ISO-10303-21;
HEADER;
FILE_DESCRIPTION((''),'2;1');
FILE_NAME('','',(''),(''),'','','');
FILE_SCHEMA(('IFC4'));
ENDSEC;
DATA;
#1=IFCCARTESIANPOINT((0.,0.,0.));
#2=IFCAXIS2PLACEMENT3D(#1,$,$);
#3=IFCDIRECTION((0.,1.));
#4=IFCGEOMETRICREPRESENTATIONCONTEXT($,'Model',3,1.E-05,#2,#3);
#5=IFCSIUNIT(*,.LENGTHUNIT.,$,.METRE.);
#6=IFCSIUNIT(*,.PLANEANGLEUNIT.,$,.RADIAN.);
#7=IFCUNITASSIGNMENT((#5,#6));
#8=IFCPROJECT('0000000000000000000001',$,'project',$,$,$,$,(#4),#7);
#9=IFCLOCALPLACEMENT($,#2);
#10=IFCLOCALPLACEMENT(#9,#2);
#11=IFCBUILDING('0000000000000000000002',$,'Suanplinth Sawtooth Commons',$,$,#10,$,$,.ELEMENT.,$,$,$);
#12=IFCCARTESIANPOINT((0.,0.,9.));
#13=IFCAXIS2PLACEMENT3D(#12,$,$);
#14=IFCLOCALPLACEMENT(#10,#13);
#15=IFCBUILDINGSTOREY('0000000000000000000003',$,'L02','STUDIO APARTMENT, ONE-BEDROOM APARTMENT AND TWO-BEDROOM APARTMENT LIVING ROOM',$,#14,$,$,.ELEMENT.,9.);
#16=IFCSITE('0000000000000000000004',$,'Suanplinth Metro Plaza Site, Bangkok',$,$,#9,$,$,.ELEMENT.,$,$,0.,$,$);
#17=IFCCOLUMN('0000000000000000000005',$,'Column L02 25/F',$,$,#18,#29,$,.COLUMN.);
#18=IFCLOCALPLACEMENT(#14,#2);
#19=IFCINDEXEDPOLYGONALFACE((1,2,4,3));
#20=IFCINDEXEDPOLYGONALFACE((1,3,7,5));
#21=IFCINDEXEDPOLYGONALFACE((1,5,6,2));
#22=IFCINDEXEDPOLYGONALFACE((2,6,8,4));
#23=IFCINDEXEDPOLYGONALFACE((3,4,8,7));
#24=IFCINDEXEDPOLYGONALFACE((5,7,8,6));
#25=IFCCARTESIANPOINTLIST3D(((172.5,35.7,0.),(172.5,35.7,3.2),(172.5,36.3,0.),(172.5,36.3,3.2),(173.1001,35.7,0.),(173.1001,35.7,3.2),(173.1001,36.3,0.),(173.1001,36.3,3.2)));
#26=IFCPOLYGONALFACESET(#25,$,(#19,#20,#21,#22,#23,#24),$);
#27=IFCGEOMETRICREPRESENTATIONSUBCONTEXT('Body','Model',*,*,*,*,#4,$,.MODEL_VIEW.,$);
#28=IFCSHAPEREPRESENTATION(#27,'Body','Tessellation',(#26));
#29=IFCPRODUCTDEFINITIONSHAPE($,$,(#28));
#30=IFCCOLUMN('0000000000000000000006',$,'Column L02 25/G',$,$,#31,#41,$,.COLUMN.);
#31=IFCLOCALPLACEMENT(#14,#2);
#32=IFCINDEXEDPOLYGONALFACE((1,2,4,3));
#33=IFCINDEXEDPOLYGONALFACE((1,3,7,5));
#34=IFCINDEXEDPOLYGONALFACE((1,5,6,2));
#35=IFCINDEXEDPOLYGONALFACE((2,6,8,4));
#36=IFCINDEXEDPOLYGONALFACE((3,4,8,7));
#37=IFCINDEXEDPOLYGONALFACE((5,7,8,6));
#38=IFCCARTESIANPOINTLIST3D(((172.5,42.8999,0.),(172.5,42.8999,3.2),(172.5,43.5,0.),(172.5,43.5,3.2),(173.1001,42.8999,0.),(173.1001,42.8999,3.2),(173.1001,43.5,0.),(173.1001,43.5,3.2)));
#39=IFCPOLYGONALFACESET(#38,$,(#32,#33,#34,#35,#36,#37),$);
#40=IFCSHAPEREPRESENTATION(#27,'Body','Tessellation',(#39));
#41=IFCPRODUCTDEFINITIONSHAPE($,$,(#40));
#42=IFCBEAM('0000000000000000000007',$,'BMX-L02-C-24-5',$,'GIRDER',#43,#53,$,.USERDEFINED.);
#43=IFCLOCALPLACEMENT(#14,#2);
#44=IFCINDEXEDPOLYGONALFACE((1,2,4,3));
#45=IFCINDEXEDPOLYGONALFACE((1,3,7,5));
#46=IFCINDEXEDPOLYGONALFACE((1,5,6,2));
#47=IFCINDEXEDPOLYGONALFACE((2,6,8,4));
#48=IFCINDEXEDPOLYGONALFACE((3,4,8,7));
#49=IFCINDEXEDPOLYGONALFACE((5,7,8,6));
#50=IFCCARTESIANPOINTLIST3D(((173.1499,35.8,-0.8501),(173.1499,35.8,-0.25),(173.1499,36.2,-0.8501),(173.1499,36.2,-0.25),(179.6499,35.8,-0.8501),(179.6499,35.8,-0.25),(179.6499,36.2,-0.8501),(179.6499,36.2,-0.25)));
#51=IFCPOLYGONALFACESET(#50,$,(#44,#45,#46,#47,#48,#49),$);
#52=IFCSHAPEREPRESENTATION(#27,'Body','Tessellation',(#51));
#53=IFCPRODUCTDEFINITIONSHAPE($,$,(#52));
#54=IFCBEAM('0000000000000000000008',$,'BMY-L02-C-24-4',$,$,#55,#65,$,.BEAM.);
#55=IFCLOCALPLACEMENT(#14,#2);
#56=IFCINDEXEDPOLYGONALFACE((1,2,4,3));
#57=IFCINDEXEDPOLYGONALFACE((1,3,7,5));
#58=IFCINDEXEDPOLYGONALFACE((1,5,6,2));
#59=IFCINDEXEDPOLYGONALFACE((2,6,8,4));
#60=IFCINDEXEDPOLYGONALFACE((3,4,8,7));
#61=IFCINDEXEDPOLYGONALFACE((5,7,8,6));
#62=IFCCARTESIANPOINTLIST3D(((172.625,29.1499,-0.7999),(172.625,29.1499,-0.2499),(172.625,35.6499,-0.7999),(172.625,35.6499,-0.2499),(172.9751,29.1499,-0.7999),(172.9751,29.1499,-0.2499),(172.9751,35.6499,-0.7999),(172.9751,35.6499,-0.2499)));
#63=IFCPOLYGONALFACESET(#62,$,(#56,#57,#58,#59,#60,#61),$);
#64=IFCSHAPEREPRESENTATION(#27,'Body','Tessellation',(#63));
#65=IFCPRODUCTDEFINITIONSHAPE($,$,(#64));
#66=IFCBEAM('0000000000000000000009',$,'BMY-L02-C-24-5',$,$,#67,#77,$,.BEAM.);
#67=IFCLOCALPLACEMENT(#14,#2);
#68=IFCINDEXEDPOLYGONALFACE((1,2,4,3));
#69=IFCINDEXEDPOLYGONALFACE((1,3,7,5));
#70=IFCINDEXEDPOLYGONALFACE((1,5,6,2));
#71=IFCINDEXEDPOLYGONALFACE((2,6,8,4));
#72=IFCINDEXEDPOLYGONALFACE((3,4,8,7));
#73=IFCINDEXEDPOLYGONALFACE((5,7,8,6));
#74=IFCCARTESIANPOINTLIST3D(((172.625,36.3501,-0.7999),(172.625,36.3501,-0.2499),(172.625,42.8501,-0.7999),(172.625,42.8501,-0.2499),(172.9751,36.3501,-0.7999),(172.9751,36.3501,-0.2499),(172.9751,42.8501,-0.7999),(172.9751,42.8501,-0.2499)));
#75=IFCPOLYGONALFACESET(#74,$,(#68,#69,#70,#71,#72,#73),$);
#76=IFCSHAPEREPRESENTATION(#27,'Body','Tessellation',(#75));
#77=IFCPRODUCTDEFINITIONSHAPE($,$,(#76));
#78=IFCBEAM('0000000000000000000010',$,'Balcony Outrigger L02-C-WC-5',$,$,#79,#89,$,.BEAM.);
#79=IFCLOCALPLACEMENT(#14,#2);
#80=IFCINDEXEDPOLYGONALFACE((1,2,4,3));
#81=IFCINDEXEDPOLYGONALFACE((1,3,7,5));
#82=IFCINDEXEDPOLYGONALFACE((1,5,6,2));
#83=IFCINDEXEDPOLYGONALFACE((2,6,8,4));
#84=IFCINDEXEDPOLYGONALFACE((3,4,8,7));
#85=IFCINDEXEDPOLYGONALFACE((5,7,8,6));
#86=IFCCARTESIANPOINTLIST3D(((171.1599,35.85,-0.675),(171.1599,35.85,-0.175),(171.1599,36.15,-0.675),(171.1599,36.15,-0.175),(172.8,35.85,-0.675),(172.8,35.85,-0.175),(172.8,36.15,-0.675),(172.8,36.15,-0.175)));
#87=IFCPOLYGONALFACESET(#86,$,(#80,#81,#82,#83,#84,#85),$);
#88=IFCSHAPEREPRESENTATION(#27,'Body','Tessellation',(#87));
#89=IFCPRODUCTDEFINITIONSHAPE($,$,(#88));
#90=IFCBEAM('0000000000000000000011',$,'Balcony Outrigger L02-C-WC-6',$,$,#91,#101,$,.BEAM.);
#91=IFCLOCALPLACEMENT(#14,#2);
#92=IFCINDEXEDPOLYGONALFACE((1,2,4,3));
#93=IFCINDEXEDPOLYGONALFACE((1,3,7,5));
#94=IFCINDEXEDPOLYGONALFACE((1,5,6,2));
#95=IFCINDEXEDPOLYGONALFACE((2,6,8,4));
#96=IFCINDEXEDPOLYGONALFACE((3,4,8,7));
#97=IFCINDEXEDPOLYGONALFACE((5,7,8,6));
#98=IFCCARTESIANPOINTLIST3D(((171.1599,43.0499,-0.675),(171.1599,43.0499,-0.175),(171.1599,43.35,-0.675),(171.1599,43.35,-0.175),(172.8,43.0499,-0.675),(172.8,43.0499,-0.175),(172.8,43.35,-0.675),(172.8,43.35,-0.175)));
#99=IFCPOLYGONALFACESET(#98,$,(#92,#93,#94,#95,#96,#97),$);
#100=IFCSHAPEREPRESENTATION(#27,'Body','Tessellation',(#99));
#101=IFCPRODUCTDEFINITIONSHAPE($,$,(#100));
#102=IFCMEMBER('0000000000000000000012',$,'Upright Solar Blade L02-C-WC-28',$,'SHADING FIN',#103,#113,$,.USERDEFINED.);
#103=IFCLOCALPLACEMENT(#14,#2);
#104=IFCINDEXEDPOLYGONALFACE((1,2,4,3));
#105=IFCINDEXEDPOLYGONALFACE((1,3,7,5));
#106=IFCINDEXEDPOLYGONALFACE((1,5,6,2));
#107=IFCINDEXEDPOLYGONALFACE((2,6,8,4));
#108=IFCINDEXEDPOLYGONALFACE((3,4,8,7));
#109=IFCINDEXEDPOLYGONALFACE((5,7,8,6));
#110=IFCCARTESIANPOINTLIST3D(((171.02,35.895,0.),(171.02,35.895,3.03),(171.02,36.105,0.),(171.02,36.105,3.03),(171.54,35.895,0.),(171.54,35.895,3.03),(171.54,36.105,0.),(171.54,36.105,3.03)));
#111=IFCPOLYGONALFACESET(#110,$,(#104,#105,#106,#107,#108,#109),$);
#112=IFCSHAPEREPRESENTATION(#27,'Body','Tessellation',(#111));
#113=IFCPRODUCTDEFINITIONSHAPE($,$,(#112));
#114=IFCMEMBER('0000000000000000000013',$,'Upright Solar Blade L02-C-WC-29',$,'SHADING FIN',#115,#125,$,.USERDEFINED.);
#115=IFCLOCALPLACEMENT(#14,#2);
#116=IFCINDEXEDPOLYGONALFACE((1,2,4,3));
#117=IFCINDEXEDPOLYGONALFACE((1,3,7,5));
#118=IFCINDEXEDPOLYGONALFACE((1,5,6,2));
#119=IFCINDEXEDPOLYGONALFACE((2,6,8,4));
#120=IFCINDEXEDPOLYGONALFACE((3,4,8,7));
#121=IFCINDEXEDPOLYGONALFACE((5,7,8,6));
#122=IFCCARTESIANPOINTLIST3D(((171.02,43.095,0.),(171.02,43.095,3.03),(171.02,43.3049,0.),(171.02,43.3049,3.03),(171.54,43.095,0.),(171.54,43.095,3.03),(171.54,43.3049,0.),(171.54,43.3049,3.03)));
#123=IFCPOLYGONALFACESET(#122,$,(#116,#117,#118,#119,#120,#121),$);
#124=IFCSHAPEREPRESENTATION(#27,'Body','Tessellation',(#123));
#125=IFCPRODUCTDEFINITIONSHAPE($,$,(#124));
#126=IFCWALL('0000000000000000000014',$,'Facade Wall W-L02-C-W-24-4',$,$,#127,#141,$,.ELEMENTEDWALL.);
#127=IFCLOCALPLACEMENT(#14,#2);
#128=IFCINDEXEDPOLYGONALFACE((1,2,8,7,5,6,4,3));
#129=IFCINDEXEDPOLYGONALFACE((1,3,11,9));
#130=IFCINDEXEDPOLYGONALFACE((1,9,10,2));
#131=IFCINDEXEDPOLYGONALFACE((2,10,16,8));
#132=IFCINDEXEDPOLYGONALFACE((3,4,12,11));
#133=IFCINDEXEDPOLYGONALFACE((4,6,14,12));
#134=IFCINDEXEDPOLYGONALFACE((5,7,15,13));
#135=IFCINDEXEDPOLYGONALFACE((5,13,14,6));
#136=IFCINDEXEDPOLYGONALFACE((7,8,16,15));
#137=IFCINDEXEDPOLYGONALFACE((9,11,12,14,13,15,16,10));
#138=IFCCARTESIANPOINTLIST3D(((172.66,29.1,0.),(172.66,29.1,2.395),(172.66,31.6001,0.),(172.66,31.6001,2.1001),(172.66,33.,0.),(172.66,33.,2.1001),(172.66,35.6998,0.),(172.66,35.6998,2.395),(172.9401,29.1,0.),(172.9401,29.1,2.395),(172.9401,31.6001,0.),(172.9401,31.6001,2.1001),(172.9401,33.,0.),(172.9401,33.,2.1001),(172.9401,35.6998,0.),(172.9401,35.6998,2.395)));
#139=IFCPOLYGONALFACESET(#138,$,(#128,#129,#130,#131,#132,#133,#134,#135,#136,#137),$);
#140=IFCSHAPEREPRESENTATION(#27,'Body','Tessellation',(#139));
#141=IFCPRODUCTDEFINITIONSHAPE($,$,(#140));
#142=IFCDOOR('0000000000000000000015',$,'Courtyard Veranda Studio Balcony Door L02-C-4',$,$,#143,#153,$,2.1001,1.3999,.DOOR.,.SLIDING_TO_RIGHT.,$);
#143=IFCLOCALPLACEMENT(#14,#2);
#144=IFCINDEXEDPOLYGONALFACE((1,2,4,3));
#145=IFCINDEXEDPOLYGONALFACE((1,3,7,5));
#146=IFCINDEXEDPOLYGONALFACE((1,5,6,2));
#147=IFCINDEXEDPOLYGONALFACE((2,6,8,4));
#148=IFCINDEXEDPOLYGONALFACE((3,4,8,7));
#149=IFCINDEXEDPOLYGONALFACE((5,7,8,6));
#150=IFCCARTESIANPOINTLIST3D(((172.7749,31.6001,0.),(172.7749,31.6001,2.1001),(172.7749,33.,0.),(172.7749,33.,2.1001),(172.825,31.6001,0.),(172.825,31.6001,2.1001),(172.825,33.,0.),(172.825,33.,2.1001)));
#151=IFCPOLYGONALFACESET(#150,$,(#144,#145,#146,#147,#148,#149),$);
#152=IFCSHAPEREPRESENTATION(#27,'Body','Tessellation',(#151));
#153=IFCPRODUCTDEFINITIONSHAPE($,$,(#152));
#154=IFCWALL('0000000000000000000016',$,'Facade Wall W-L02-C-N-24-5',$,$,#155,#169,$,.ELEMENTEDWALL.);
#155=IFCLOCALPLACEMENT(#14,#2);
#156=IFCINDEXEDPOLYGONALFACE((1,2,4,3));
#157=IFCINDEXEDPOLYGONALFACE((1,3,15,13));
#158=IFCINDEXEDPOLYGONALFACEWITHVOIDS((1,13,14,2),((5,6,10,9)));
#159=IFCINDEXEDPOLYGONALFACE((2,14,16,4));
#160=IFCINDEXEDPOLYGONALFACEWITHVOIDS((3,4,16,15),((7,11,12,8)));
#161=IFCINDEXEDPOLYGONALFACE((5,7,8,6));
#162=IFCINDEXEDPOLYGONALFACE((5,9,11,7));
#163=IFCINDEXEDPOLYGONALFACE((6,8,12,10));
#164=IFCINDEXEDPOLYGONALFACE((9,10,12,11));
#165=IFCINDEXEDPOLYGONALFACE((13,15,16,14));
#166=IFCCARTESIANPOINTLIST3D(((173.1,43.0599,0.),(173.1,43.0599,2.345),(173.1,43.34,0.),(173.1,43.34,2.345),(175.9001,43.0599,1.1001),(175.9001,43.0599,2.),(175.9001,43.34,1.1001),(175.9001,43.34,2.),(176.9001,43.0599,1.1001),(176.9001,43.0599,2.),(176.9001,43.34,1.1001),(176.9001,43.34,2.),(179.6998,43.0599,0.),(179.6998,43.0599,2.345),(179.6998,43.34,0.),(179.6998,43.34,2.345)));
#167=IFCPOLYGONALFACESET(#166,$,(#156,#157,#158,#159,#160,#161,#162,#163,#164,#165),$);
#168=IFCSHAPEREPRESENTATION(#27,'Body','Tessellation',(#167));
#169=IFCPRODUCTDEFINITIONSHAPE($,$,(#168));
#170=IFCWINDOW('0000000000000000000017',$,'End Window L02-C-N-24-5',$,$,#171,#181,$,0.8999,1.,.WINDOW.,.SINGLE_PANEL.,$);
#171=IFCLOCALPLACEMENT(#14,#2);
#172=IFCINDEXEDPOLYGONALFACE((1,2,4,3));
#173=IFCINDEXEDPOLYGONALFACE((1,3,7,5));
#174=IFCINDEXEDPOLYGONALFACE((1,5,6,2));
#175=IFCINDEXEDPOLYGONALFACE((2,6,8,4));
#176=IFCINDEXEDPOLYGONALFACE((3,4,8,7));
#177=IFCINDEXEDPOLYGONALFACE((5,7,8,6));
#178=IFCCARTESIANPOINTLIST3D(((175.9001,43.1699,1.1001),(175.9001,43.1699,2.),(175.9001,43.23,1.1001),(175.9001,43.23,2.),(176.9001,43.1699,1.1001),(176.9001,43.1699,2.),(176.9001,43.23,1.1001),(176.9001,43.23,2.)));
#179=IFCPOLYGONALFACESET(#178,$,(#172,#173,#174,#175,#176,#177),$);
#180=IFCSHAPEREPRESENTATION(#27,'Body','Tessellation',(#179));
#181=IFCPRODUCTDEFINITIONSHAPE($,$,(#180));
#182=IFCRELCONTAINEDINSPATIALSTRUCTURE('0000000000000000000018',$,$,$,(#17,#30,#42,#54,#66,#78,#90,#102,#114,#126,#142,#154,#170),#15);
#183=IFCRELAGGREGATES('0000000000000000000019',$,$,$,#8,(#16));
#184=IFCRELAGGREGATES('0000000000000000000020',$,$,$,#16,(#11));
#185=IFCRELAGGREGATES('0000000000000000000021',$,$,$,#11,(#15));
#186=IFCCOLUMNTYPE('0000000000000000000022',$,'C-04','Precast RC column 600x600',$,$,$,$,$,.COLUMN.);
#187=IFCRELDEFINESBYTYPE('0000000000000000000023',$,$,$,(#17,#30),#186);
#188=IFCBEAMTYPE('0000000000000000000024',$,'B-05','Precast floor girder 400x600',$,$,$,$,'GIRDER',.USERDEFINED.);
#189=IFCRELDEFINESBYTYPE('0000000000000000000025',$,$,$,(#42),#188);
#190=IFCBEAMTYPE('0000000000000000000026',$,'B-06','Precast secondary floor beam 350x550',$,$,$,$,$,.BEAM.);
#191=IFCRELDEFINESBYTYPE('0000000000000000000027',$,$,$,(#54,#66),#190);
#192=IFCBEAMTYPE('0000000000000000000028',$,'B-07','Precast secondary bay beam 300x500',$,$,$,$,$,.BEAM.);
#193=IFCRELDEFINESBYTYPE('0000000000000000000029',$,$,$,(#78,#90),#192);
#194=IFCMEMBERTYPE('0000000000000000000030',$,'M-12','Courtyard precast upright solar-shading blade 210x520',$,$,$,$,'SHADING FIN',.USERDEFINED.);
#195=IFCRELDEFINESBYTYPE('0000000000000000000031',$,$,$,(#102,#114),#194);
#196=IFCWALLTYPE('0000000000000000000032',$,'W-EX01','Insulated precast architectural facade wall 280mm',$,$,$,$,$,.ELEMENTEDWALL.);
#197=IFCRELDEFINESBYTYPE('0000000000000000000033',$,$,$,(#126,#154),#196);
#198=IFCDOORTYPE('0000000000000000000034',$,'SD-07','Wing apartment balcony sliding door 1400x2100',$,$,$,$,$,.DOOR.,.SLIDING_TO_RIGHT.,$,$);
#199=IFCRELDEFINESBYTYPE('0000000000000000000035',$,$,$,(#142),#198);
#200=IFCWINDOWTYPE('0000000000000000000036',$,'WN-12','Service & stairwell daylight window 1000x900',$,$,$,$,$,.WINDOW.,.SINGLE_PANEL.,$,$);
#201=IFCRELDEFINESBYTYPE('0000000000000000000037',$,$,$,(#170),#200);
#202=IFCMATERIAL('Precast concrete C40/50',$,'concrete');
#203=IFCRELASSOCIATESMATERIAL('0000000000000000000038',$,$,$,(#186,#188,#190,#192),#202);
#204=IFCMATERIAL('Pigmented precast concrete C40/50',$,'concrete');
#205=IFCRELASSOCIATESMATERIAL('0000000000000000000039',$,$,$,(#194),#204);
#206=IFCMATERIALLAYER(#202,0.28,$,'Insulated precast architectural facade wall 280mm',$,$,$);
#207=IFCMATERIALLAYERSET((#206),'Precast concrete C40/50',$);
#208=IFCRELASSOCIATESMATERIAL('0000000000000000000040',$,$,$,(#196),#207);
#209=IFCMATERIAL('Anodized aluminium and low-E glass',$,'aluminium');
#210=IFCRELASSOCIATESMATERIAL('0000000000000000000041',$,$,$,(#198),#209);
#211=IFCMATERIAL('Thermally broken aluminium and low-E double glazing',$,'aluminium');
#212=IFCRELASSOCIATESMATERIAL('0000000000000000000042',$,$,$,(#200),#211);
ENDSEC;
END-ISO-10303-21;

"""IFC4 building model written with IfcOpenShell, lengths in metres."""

from ifc_helpers import new_model, si_unit, direction, frame, frame_2d, origin, origin_2d, place, context, subcontext, project, spatial, rectangle, extrude, material, layer, layer_set, material_profile, profile_set, type_object, element, fill, save


model = new_model("IFC4")

# Units and contexts
model_context = context("Model", 3, precision=1e-05, world=origin(), true_north=direction((0.0, 1.0)))
body_context = subcontext(model_context, "Body", "Model", "MODEL_VIEW")
ifc_project = project(units=[si_unit("LENGTHUNIT", "METRE"), si_unit("PLANEANGLEUNIT", "RADIAN")], contexts=[model_context])

# Site, building, storey
site_placement = place(None, origin())
site = spatial("IfcSite", under=ifc_project, at=site_placement, Name="Suanplinth Metro Plaza Site, Bangkok", CompositionType="ELEMENT", RefElevation=0.0)
building_placement = place(site_placement, origin())
building = spatial("IfcBuilding", under=site, at=building_placement, Name="Suanplinth Sawtooth Commons", CompositionType="ELEMENT")
storey_placement = place(building_placement, frame((0.0, 0.0, 9.0)))
storey = spatial("IfcBuildingStorey", under=building, at=storey_placement, Name="L02", Description="STUDIO APARTMENT, ONE-BEDROOM APARTMENT AND TWO-BEDROOM APARTMENT LIVING ROOM", CompositionType="ELEMENT", Elevation=9.0)

# Columns
ifc_material_1 = material(Name="Precast concrete C40/50", Category="concrete")
ifc_material_profile_1 = material_profile(ifc_material_1, rectangle(XDim=0.6001, YDim=0.6001, at=origin_2d()), Name="PC-COL 600x600")
ifc_profile_set_1 = profile_set([ifc_material_profile_1], Name="Precast concrete C40/50")
column_type = type_object("IfcColumnType", Name="C-04", Description="Precast RC column 600x600", PredefinedType="COLUMN", material=ifc_profile_set_1)
for number, where, z_axis, x_axis, name in (
    (1, (172.8, 36.0, 0.0), (0.0, 0.0, 1.0), (1.0, 0.0, 0.0), "Column L02 25/F"),
    (2, (172.8, 43.2, 0.0), (0.0, 0.0, 1.0), (1.0, 0.0, 0.0), "Column L02 25/G"),
):
    element("IfcColumn", number, at=place(storey_placement, frame(where, z_axis=z_axis, x_axis=x_axis)), inside=storey, type_object=column_type, Name=name, PredefinedType="COLUMN", context=body_context, shape_type="SweptSolid", body=[
        extrude(rectangle(XDim=0.6001, YDim=0.6001, at=origin_2d()), origin(), (0.0, 0.0, 1.0), 3.2),
    ])

# Beams
ifc_material_profile_2 = material_profile(ifc_material_1, rectangle(XDim=0.3999, YDim=0.6001, at=origin_2d()), Name="PC-GDR 400x600")
ifc_profile_set_2 = profile_set([ifc_material_profile_2], Name="Precast concrete C40/50")
beam_type_1 = type_object("IfcBeamType", Name="B-05", Description="Precast floor girder 400x600", ElementType="GIRDER", PredefinedType="USERDEFINED", material=ifc_profile_set_2)
beam_placement = place(storey_placement, frame((173.1499, 36.0, -0.55), z_axis=(1.0, 0.0, 0.0), x_axis=(0.0, 1.0, 0.0)))
element("IfcBeam", 3, at=beam_placement, inside=storey, type_object=beam_type_1, Name="BMX-L02-C-24-5", ObjectType="GIRDER", PredefinedType="USERDEFINED", context=body_context, shape_type="SweptSolid", body=[
    extrude(rectangle(XDim=0.3999, YDim=0.6001, at=origin_2d()), origin(), (0.0, 0.0, 1.0), 6.5),
])
ifc_material_profile_3 = material_profile(ifc_material_1, rectangle(XDim=0.3501, YDim=0.55, at=origin_2d()), Name="PC-BM 350x550")
ifc_profile_set_3 = profile_set([ifc_material_profile_3], Name="Precast concrete C40/50")
beam_type_2 = type_object("IfcBeamType", Name="B-06", Description="Precast secondary floor beam 350x550", PredefinedType="BEAM", material=ifc_profile_set_3)
for number, where, z_axis, x_axis, name in (
    (4, (172.8, 29.1499, -0.5249), (0.0, 1.0, 0.0), (-1.0, 0.0, 0.0), "BMY-L02-C-24-4"),
    (5, (172.8, 36.3501, -0.5249), (0.0, 1.0, 0.0), (-1.0, 0.0, 0.0), "BMY-L02-C-24-5"),
):
    element("IfcBeam", number, at=place(storey_placement, frame(where, z_axis=z_axis, x_axis=x_axis)), inside=storey, type_object=beam_type_2, Name=name, PredefinedType="BEAM", context=body_context, shape_type="SweptSolid", body=[
        extrude(rectangle(XDim=0.3501, YDim=0.55, at=origin_2d()), origin(), (0.0, 0.0, 1.0), 6.5),
    ])
ifc_material_profile_4 = material_profile(ifc_material_1, rectangle(XDim=0.3, YDim=0.5, at=origin_2d()), Name="PC-BM 300x500")
ifc_profile_set_4 = profile_set([ifc_material_profile_4], Name="Precast concrete C40/50")
beam_type_3 = type_object("IfcBeamType", Name="B-07", Description="Precast secondary bay beam 300x500", PredefinedType="BEAM", material=ifc_profile_set_4)
for number, where, z_axis, x_axis, name in (
    (6, (172.8, 36.0, -0.425), (-1.0, 0.0, 0.0), (0.0, -1.0, 0.0), "Balcony Outrigger L02-C-WC-5"),
    (7, (172.8, 43.2, -0.425), (-1.0, 0.0, 0.0), (0.0, -1.0, 0.0), "Balcony Outrigger L02-C-WC-6"),
):
    element("IfcBeam", number, at=place(storey_placement, frame(where, z_axis=z_axis, x_axis=x_axis)), inside=storey, type_object=beam_type_3, Name=name, PredefinedType="BEAM", context=body_context, shape_type="SweptSolid", body=[
        extrude(rectangle(XDim=0.3, YDim=0.5, at=origin_2d()), origin(), (0.0, 0.0, 1.0), 1.6401),
    ])

# Members
ifc_material_2 = material(Name="Pigmented precast concrete C40/50", Category="concrete")
ifc_material_profile_5 = material_profile(ifc_material_2, rectangle(XDim=0.21, YDim=0.52, at=origin_2d()), Name="PC-FIN 210x520")
ifc_profile_set_5 = profile_set([ifc_material_profile_5], Name="Pigmented precast concrete C40/50")
member_type = type_object("IfcMemberType", Name="M-12", Description="Courtyard precast upright solar-shading blade 210x520", ElementType="SHADING FIN", PredefinedType="USERDEFINED", material=ifc_profile_set_5)
for number, where, z_axis, x_axis, name in (
    (8, (171.28, 36.0, 0.0), (0.0, 0.0, 1.0), (0.0, 1.0, 0.0), "Upright Solar Blade L02-C-WC-28"),
    (9, (171.28, 43.2, 0.0), (0.0, 0.0, 1.0), (0.0, 1.0, 0.0), "Upright Solar Blade L02-C-WC-29"),
):
    element("IfcMember", number, at=place(storey_placement, frame(where, z_axis=z_axis, x_axis=x_axis)), inside=storey, type_object=member_type, Name=name, ObjectType="SHADING FIN", PredefinedType="USERDEFINED", context=body_context, shape_type="SweptSolid", body=[
        extrude(rectangle(XDim=0.21, YDim=0.52, at=origin_2d()), origin(), (0.0, 0.0, 1.0), 3.03),
    ])

# Wall, opening, door
ifc_layer_1 = layer(ifc_material_1, 0.28, Name="Insulated precast architectural facade wall 280mm")
ifc_layer_set_1 = layer_set([ifc_layer_1], Name="Precast concrete C40/50")
wall_type_1 = type_object("IfcWallType", Name="W-EX01", Description="Insulated precast architectural facade wall 280mm", PredefinedType="ELEMENTEDWALL", material=ifc_layer_set_1)
wall_1_placement = place(storey_placement, frame((172.8, 29.1001, 0.0), z_axis=(0.0, 0.0, 1.0), x_axis=(0.0, 1.0, 0.0)))
wall_1 = element("IfcWall", 10, at=wall_1_placement, inside=storey, type_object=wall_type_1, Name="Facade Wall W-L02-C-W-24-4", PredefinedType="ELEMENTEDWALL", context=body_context, shape_type="SweptSolid", body=[
    extrude(rectangle(XDim=6.5999, YDim=0.28, at=frame_2d((3.2998, 0.0))), origin(), (0.0, 0.0, 1.0), 2.395),
])
opening_1_placement = place(wall_1_placement, frame((2.5, 0.0, 0.0)))
opening_1 = element("IfcOpeningElement", 11, at=opening_1_placement, cuts=wall_1, PredefinedType="OPENING", context=body_context, shape_type="SweptSolid", body=[
    extrude(rectangle(XDim=1.3999, YDim=2.1001, at=frame_2d((0.7, 1.05))), frame((0.0, 0.1548, 0.0), z_axis=(0.0, -1.0, 0.0), x_axis=(1.0, 0.0, 0.0)), (0.0, 0.0, 1.0), 0.3098),
])
ifc_material_3 = material(Name="Anodized aluminium and low-E glass", Category="aluminium")
door_type_1 = type_object("IfcDoorType", Name="SD-07", Description="Wing apartment balcony sliding door 1400x2100", OperationType="SLIDING_TO_RIGHT", PredefinedType="DOOR", material=ifc_material_3)
door_1_placement = place(opening_1_placement, frame((1.3999, 0.0, 0.0), z_axis=(0.0, 0.0, 1.0), x_axis=(-1.0, 0.0, 0.0)))
door_1 = element("IfcDoor", 12, at=door_1_placement, inside=storey, type_object=door_type_1, Name="Courtyard Veranda Studio Balcony Door L02-C-4", OperationType="SLIDING_TO_RIGHT", OverallHeight=2.1001, OverallWidth=1.3999, PredefinedType="DOOR", context=body_context, shape_type="SweptSolid", body=[
    extrude(rectangle(XDim=1.3999, YDim=2.1001, at=frame_2d((0.7, 1.05))), frame((0.0, 0.0249, 0.0), z_axis=(0.0, -1.0, 0.0), x_axis=(1.0, 0.0, 0.0)), (0.0, 0.0, 1.0), 0.05),
])
fill(opening_1, door_1)

# Wall, opening, window
wall_2_placement = place(storey_placement, frame((173.1001, 43.2, 0.0), z_axis=(0.0, 0.0, 1.0), x_axis=(1.0, 0.0, 0.0)))
wall_2 = element("IfcWall", 13, at=wall_2_placement, inside=storey, type_object=wall_type_1, Name="Facade Wall W-L02-C-N-24-5", PredefinedType="ELEMENTEDWALL", context=body_context, shape_type="SweptSolid", body=[
    extrude(rectangle(XDim=6.5999, YDim=0.28, at=frame_2d((3.2998, 0.0))), origin(), (0.0, 0.0, 1.0), 2.345),
])
opening_2_placement = place(wall_2_placement, frame((2.8, 0.0, 1.1001)))
opening_2 = element("IfcOpeningElement", 14, at=opening_2_placement, cuts=wall_2, PredefinedType="OPENING", context=body_context, shape_type="SweptSolid", body=[
    extrude(rectangle(XDim=1.0, YDim=0.8999, at=frame_2d((0.5, 0.45))), frame((0.0, 0.1548, 0.0), z_axis=(0.0, -1.0, 0.0), x_axis=(1.0, 0.0, 0.0)), (0.0, 0.0, 1.0), 0.3098),
])
ifc_material_4 = material(Name="Thermally broken aluminium and low-E double glazing", Category="aluminium")
window_type = type_object("IfcWindowType", Name="WN-12", Description="Service & stairwell daylight window 1000x900", PartitioningType="SINGLE_PANEL", PredefinedType="WINDOW", material=ifc_material_4)
window_placement = place(opening_2_placement, origin())
window = element("IfcWindow", 15, at=window_placement, inside=storey, type_object=window_type, Name="End Window L02-C-N-24-5", OverallHeight=0.8999, OverallWidth=1.0, PartitioningType="SINGLE_PANEL", PredefinedType="WINDOW", context=body_context, shape_type="SweptSolid", body=[
    extrude(rectangle(XDim=1.0, YDim=0.8999, at=frame_2d((0.5, 0.45))), frame((0.0, 0.03, 0.0), z_axis=(0.0, -1.0, 0.0), x_axis=(1.0, 0.0, 0.0)), (0.0, 0.0, 1.0), 0.0601),
])
fill(opening_2, window)

save(model, "model.ifc")
